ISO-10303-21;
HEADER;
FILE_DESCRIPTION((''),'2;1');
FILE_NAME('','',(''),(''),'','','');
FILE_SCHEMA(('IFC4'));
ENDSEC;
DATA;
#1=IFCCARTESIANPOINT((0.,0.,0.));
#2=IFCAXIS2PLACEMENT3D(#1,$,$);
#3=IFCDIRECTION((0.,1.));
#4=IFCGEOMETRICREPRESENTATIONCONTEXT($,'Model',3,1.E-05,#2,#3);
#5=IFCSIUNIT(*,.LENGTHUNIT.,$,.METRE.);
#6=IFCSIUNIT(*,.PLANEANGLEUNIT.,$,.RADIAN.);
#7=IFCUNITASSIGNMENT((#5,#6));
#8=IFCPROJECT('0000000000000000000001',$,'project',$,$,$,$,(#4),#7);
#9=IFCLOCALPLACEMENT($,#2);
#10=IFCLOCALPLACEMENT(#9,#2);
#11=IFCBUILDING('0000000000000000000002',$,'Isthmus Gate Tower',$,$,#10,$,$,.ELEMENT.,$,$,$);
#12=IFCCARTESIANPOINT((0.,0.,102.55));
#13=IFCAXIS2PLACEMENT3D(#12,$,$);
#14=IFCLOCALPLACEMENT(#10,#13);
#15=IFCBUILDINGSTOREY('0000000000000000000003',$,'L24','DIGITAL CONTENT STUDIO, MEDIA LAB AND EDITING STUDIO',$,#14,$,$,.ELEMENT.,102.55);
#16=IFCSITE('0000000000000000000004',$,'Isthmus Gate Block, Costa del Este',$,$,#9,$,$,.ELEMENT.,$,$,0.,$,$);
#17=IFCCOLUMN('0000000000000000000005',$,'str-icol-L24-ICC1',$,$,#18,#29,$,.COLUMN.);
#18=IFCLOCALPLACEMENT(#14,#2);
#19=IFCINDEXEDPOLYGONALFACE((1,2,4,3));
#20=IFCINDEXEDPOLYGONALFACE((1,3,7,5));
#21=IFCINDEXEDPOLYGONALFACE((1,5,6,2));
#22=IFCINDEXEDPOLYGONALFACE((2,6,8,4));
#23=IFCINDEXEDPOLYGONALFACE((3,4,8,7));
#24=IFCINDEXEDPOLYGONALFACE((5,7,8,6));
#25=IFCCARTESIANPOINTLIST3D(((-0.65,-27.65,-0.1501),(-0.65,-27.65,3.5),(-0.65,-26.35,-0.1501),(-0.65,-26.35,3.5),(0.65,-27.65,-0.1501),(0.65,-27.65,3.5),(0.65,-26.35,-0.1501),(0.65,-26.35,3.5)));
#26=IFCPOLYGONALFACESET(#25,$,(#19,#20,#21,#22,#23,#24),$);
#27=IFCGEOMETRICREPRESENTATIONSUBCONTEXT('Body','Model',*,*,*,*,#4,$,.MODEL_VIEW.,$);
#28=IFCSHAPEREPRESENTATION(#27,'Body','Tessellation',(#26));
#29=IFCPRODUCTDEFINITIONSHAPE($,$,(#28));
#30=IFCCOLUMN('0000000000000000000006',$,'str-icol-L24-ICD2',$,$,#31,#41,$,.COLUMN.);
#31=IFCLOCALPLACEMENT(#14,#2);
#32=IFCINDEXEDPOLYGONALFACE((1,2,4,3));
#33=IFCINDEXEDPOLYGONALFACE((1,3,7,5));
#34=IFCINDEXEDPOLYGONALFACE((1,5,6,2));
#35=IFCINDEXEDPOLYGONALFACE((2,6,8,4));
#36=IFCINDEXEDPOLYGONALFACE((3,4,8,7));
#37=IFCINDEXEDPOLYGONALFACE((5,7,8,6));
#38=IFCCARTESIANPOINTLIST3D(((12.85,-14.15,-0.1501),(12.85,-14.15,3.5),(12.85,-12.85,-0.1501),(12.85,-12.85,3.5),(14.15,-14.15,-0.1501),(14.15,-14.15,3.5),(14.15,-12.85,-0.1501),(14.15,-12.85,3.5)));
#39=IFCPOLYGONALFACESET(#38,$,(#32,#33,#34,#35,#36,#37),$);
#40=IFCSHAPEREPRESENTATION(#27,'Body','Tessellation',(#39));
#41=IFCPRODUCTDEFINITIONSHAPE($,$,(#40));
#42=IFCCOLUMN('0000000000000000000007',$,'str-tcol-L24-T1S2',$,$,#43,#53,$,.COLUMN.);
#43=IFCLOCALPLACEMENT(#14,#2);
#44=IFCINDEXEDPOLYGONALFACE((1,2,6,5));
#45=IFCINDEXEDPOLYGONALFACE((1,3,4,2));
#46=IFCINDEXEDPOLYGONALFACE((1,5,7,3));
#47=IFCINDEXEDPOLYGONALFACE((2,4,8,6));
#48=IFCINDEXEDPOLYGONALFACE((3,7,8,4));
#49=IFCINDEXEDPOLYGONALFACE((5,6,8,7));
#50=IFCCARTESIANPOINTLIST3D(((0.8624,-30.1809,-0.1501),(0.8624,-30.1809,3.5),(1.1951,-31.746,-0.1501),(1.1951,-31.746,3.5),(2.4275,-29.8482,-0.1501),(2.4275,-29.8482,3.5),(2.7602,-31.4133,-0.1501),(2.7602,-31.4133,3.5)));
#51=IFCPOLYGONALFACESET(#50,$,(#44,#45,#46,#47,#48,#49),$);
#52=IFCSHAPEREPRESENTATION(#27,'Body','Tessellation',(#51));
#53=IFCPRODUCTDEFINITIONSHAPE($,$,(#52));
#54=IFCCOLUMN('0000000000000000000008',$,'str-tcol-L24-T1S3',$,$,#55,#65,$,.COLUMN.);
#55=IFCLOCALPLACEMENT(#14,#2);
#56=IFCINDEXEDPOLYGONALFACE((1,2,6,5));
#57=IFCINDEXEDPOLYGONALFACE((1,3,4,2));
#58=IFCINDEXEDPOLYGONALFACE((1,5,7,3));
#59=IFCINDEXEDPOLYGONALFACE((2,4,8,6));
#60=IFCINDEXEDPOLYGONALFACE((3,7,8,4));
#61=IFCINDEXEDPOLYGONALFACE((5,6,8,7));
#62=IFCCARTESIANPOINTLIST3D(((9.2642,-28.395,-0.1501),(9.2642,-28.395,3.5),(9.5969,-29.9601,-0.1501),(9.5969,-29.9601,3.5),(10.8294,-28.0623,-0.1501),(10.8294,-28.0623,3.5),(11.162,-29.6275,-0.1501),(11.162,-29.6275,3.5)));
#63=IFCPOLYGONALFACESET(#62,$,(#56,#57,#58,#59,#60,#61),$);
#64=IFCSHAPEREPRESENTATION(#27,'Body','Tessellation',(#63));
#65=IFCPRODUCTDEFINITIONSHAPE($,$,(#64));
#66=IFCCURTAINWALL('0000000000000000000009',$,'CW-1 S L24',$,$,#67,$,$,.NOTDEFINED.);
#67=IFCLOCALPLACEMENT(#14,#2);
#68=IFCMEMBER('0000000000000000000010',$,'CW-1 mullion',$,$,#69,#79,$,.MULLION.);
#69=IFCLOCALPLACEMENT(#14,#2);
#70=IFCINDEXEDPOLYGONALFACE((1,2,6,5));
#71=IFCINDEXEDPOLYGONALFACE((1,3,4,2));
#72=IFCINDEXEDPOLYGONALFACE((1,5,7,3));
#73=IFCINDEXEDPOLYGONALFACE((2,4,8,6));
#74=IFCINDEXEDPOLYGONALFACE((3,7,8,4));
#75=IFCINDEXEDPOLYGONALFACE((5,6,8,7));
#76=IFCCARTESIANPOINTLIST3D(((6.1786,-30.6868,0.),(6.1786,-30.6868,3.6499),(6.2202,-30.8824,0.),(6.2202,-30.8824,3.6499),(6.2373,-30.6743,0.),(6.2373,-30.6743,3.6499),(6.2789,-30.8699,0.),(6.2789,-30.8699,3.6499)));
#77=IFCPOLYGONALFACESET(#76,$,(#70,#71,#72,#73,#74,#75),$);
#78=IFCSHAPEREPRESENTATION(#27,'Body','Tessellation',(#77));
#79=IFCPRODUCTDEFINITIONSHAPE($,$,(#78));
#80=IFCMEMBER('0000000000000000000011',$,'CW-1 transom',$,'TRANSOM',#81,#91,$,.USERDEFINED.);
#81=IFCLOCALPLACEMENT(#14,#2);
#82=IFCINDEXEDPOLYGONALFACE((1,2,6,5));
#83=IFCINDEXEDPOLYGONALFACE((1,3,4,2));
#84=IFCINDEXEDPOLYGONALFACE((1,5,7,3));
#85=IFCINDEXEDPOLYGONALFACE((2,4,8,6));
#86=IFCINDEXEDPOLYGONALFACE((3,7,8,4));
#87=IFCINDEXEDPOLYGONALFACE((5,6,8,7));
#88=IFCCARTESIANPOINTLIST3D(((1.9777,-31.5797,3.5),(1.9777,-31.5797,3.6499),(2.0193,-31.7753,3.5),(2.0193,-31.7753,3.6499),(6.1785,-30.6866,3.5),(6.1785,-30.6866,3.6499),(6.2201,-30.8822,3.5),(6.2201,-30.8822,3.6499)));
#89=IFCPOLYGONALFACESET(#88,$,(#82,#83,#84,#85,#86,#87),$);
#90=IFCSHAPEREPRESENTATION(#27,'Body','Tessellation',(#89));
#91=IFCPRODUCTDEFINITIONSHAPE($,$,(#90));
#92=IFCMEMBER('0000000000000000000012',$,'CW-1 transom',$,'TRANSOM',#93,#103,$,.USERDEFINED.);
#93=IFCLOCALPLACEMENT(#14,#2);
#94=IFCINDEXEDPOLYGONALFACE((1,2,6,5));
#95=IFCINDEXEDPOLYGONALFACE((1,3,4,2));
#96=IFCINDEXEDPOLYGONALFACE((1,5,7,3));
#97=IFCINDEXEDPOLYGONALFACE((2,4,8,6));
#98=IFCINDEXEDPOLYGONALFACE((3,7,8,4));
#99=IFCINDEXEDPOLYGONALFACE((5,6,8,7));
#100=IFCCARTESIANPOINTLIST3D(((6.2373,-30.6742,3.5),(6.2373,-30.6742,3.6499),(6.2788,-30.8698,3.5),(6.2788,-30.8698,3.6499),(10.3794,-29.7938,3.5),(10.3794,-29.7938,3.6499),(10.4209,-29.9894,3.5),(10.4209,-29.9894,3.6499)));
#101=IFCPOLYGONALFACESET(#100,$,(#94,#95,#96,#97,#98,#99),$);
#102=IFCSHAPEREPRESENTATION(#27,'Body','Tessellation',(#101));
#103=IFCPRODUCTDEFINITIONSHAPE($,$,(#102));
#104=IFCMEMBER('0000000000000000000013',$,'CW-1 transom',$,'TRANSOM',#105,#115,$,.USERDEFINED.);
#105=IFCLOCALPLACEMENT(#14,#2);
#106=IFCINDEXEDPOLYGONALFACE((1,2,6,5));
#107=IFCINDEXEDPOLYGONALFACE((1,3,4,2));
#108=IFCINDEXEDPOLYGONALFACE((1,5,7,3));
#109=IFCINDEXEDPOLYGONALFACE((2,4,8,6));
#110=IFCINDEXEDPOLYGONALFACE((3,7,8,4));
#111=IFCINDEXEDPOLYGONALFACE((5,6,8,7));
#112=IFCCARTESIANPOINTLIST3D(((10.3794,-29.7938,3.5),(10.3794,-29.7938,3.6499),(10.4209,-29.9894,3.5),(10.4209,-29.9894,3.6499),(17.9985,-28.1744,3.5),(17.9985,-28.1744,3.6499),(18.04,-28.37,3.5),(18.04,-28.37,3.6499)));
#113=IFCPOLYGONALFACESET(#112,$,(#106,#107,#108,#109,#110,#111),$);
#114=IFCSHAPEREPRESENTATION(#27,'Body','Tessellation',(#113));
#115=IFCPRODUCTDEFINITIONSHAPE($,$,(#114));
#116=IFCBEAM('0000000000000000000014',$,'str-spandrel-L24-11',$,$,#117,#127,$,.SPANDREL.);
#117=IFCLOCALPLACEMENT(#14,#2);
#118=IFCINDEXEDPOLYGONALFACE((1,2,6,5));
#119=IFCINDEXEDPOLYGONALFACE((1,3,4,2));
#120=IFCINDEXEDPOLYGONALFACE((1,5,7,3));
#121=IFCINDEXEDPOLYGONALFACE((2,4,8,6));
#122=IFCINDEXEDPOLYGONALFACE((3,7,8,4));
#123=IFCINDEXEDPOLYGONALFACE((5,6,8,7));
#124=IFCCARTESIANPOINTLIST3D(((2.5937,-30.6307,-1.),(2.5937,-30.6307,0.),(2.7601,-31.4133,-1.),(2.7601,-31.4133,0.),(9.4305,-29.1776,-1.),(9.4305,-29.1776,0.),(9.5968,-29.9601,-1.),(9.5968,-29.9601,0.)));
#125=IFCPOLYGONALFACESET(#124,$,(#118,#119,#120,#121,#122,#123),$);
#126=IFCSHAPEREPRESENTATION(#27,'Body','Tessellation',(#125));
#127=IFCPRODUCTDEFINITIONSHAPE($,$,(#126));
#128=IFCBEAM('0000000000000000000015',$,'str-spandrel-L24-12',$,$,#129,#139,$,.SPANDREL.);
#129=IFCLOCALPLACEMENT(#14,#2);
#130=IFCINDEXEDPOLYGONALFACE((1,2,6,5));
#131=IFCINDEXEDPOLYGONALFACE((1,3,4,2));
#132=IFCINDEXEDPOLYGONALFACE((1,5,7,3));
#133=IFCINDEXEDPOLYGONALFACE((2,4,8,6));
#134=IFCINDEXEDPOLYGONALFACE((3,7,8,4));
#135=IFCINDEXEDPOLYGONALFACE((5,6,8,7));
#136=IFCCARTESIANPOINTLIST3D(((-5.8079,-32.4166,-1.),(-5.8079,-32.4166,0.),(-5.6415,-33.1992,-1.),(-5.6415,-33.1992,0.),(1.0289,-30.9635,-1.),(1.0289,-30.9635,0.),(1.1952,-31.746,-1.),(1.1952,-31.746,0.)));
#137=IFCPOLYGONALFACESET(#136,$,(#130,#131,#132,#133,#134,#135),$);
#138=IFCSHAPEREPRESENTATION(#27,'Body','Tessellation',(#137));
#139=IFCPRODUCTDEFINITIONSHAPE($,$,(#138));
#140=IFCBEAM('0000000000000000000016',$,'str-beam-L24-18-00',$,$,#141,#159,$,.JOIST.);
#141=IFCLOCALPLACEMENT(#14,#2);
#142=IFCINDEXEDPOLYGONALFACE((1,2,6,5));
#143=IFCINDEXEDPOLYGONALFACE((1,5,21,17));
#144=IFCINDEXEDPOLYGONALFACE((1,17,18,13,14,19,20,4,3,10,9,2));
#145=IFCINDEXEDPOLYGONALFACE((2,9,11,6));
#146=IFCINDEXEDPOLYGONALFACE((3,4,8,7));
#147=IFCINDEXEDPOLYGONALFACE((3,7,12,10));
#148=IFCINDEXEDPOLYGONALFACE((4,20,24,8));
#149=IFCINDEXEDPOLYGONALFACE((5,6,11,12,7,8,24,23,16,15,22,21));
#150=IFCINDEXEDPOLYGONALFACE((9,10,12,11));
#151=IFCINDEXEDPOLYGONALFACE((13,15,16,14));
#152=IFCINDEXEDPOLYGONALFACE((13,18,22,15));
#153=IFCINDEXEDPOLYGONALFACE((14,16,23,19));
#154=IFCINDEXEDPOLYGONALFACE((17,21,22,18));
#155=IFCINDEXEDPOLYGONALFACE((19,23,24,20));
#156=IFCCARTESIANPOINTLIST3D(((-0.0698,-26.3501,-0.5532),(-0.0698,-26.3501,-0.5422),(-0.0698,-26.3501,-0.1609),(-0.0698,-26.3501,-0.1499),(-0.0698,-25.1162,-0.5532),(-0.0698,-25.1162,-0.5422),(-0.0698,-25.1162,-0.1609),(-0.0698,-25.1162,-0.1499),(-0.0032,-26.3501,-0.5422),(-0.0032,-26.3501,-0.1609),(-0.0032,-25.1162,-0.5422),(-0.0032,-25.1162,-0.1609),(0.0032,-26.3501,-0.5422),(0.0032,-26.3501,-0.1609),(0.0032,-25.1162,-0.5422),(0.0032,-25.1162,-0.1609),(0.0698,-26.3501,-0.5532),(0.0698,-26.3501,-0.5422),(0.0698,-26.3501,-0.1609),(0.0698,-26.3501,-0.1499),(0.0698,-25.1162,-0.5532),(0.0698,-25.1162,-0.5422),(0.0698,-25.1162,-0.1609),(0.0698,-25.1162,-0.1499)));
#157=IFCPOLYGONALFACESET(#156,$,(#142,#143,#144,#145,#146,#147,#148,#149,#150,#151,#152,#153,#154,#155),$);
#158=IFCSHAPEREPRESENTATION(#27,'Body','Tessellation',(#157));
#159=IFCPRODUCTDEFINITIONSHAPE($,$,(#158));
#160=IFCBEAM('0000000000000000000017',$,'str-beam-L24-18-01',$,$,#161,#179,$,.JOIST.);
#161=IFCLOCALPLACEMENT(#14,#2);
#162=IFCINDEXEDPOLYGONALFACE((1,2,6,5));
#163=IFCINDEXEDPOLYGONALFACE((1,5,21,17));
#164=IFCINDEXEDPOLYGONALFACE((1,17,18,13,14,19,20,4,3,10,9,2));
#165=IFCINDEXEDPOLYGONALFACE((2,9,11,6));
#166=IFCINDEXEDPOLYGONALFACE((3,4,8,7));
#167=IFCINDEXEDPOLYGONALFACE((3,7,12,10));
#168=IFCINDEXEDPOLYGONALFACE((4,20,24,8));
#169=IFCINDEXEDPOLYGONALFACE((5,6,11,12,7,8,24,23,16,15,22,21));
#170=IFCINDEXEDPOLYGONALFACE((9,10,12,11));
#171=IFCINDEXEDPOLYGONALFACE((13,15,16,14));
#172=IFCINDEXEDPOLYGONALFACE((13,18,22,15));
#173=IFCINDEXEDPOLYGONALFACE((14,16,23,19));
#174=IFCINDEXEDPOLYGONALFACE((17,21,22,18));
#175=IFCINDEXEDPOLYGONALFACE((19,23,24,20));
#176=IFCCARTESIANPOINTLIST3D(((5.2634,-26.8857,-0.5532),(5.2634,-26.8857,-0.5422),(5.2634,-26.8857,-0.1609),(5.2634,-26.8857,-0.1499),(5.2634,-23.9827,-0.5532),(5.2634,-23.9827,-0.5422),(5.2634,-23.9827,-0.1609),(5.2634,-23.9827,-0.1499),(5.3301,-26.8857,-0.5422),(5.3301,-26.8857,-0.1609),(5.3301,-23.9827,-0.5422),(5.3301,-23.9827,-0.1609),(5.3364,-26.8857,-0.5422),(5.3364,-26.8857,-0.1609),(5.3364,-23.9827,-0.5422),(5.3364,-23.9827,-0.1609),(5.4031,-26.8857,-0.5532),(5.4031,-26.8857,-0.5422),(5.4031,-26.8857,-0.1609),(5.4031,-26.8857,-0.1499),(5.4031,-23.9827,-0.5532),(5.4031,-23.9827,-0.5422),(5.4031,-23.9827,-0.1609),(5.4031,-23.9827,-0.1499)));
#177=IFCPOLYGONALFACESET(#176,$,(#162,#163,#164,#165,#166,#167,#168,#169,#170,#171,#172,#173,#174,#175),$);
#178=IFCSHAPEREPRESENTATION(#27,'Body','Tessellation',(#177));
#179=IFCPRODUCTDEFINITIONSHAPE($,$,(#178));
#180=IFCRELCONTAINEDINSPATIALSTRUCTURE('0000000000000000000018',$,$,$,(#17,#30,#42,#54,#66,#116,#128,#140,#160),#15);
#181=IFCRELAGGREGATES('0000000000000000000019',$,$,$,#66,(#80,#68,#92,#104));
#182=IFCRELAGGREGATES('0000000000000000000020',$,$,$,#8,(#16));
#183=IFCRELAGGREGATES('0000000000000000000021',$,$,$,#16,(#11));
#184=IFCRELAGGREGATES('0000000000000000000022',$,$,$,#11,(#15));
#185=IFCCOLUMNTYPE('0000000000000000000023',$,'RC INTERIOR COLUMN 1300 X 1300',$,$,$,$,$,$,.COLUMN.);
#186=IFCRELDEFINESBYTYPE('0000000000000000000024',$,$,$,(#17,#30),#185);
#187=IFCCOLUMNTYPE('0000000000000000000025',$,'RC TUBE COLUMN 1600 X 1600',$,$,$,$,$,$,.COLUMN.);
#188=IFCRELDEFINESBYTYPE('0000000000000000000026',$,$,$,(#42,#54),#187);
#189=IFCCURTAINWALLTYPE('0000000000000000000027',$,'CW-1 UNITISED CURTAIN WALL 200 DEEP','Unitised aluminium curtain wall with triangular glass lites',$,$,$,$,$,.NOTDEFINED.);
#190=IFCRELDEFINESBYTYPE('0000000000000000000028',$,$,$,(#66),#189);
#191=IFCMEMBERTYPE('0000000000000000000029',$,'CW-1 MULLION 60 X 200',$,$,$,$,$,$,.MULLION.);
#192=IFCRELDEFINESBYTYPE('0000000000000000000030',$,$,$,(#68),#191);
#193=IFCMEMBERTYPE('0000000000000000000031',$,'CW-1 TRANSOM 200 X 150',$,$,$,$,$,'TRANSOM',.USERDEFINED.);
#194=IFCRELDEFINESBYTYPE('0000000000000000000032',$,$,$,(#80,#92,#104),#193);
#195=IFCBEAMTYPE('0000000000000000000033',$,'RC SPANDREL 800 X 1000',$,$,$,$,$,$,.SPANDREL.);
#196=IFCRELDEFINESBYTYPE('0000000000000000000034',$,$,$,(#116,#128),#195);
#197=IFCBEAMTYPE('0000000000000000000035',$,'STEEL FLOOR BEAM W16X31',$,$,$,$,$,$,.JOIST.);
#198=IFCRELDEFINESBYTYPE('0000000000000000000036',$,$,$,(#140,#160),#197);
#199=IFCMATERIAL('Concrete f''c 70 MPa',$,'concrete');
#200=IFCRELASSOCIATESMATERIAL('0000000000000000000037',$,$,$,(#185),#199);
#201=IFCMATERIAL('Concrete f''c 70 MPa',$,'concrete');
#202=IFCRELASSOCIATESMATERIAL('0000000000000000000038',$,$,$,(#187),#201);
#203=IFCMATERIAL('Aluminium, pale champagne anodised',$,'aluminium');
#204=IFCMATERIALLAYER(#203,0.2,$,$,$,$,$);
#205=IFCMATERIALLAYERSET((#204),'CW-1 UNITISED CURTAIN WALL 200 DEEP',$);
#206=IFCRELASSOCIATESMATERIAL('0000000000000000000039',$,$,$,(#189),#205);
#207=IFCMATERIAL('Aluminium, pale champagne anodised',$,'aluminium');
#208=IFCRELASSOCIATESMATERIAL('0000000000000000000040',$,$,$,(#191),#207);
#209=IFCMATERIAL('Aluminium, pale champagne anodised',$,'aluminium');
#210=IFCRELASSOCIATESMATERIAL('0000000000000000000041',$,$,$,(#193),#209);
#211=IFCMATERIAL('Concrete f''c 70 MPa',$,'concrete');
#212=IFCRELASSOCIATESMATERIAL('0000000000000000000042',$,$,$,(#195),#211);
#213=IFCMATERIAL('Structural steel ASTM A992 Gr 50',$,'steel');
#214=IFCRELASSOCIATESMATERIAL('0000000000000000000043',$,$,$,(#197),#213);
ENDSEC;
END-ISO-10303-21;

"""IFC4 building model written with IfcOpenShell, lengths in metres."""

from ifc_helpers import new_model, si_unit, direction, frame, origin, origin_2d, place, context, subcontext, project, spatial, rectangle, i_section, extrude, material, layer, layer_set, material_profile, profile_set, type_object, element, aggregate, save


model = new_model("IFC4")

# Units and contexts
model_context = context("Model", 3, precision=1e-05, world=origin(), true_north=direction((0.0, 1.0)))
body_context = subcontext(model_context, "Body", "Model", "MODEL_VIEW")
ifc_project = project(units=[si_unit("LENGTHUNIT", "METRE"), si_unit("PLANEANGLEUNIT", "RADIAN")], contexts=[model_context])

# Site, building, storey
site_placement = place(None, origin())
site = spatial("IfcSite", under=ifc_project, at=site_placement, Name="Isthmus Gate Block, Costa del Este", CompositionType="ELEMENT", RefElevation=0.0)
building_placement = place(site_placement, origin())
building = spatial("IfcBuilding", under=site, at=building_placement, Name="Isthmus Gate Tower", CompositionType="ELEMENT")
storey_placement = place(building_placement, frame((0.0, 0.0, 102.55)))
storey = spatial("IfcBuildingStorey", under=building, at=storey_placement, Name="L24", Description="DIGITAL CONTENT STUDIO, MEDIA LAB AND EDITING STUDIO", CompositionType="ELEMENT", Elevation=102.55)

# Columns
ifc_material_1 = material(Name="Concrete f'c 70 MPa", Category="concrete")
ifc_material_profile_1 = material_profile(ifc_material_1, rectangle(XDim=1.3, YDim=1.3, at=origin_2d()), Name="RC 1300X1300")
ifc_profile_set_1 = profile_set([ifc_material_profile_1], Name="Concrete f'c 70 MPa")
column_type_1 = type_object("IfcColumnType", Name="RC INTERIOR COLUMN 1300 X 1300", PredefinedType="COLUMN", material=ifc_profile_set_1)
for number, where, z_axis, x_axis, name in (
    (1, (0.0, -27.0, -0.1501), (0.0, 0.0, 1.0), (1.0, 0.0, 0.0), "str-icol-L24-ICC1"),
    (2, (13.5, -13.5, -0.1501), (0.0, 0.0, 1.0), (1.0, 0.0, 0.0), "str-icol-L24-ICD2"),
):
    element("IfcColumn", number, at=place(storey_placement, frame(where, z_axis=z_axis, x_axis=x_axis)), inside=storey, type_object=column_type_1, Name=name, PredefinedType="COLUMN", context=body_context, shape_type="SweptSolid", body=[
        extrude(rectangle(XDim=1.3, YDim=1.3, at=origin_2d()), origin(), (0.0, 0.0, 1.0), 3.6501),
    ])
ifc_material_2 = material(Name="Concrete f'c 70 MPa", Category="concrete")
ifc_material_profile_2 = material_profile(ifc_material_2, rectangle(XDim=1.6001, YDim=1.6001, at=origin_2d()), Name="RC 1600X1600")
ifc_profile_set_2 = profile_set([ifc_material_profile_2], Name="Concrete f'c 70 MPa")
column_type_2 = type_object("IfcColumnType", Name="RC TUBE COLUMN 1600 X 1600", PredefinedType="COLUMN", material=ifc_profile_set_2)
for number, where, z_axis, x_axis, name in (
    (3, (1.8113, -30.7971, -0.1501), (0.0, 0.0, 1.0), (0.978148, 0.207912, 0.0), "str-tcol-L24-T1S2"),
    (4, (10.2131, -29.0112, -0.1501), (0.0, 0.0, 1.0), (0.978148, 0.207912, 0.0), "str-tcol-L24-T1S3"),
):
    element("IfcColumn", number, at=place(storey_placement, frame(where, z_axis=z_axis, x_axis=x_axis)), inside=storey, type_object=column_type_2, Name=name, PredefinedType="COLUMN", context=body_context, shape_type="SweptSolid", body=[
        extrude(rectangle(XDim=1.6001, YDim=1.6001, at=origin_2d()), origin(), (0.0, 0.0, 1.0), 3.6501),
    ])

# Curtain wall, members
ifc_material_3 = material(Name="Aluminium, pale champagne anodised", Category="aluminium")
ifc_layer_1 = layer(ifc_material_3, 0.2)
ifc_layer_set_1 = layer_set([ifc_layer_1], Name="CW-1 UNITISED CURTAIN WALL 200 DEEP")
curtain_wall_type = type_object("IfcCurtainWallType", Name="CW-1 UNITISED CURTAIN WALL 200 DEEP", Description="Unitised aluminium curtain wall with triangular glass lites", PredefinedType="NOTDEFINED", material=ifc_layer_set_1)
curtain_wall_placement = place(storey_placement, origin())
curtain_wall = element("IfcCurtainWall", 5, at=curtain_wall_placement, inside=storey, type_object=curtain_wall_type, Name="CW-1 S L24", PredefinedType="NOTDEFINED")
ifc_material_4 = material(Name="Aluminium, pale champagne anodised", Category="aluminium")
ifc_material_profile_3 = material_profile(ifc_material_4, rectangle(XDim=0.0601, YDim=0.2, at=origin_2d()), Name="60x200")
ifc_profile_set_3 = profile_set([ifc_material_profile_3], Name="Aluminium, pale champagne anodised")
member_type_1 = type_object("IfcMemberType", Name="CW-1 MULLION 60 X 200", PredefinedType="MULLION", material=ifc_profile_set_3)
member_1_placement = place(storey_placement, frame((6.2288, -30.7783, 0.0), z_axis=(0.0, 0.0, 1.0), x_axis=(0.978148, 0.207912, 0.0)))
member_1 = element("IfcMember", 6, at=member_1_placement, type_object=member_type_1, Name="CW-1 mullion", PredefinedType="MULLION", context=body_context, shape_type="SweptSolid", body=[
    extrude(rectangle(XDim=0.0601, YDim=0.2, at=origin_2d()), origin(), (0.0, 0.0, 1.0), 3.6499),
])
ifc_material_5 = material(Name="Aluminium, pale champagne anodised", Category="aluminium")
ifc_material_profile_4 = material_profile(ifc_material_5, rectangle(XDim=0.2, YDim=0.1499, at=origin_2d()), Name="200x150")
ifc_profile_set_4 = profile_set([ifc_material_profile_4], Name="Aluminium, pale champagne anodised")
member_type_2 = type_object("IfcMemberType", Name="CW-1 TRANSOM 200 X 150", ElementType="TRANSOM", PredefinedType="USERDEFINED", material=ifc_profile_set_4)
member_2_placement = place(storey_placement, frame((1.9985, -31.6775, 3.575), z_axis=(0.978139, 0.207953, 0.0), x_axis=(-0.207953, 0.978139, 0.0)))
member_2 = element("IfcMember", 7, at=member_2_placement, type_object=member_type_2, Name="CW-1 transom", ObjectType="TRANSOM", PredefinedType="USERDEFINED", context=body_context, shape_type="SweptSolid", body=[
    extrude(rectangle(XDim=0.2, YDim=0.1499, at=origin_2d()), origin(), (0.0, 0.0, 1.0), 4.2947),
])
member_3_placement = place(storey_placement, frame((6.2581, -30.772, 3.575), z_axis=(0.97815, 0.207899, 0.0), x_axis=(-0.207899, 0.97815, 0.0)))
member_3 = element("IfcMember", 8, at=member_3_placement, type_object=member_type_2, Name="CW-1 transom", ObjectType="TRANSOM", PredefinedType="USERDEFINED", context=body_context, shape_type="SweptSolid", body=[
    extrude(rectangle(XDim=0.2, YDim=0.1499, at=origin_2d()), origin(), (0.0, 0.0, 1.0), 4.2346),
])
member_4_placement = place(storey_placement, frame((10.4001, -29.8916, 3.575), z_axis=(0.978151, 0.207898, 0.0), x_axis=(-0.207898, 0.978151, 0.0)))
member_4 = element("IfcMember", 9, at=member_4_placement, type_object=member_type_2, Name="CW-1 transom", ObjectType="TRANSOM", PredefinedType="USERDEFINED", context=body_context, shape_type="SweptSolid", body=[
    extrude(rectangle(XDim=0.2, YDim=0.1499, at=origin_2d()), origin(), (0.0, 0.0, 1.0), 7.7893),
])

# Beams
ifc_material_6 = material(Name="Concrete f'c 70 MPa", Category="concrete")
ifc_material_profile_5 = material_profile(ifc_material_6, rectangle(XDim=0.8, YDim=1.0, at=origin_2d()), Name="RC 800X1000")
ifc_profile_set_5 = profile_set([ifc_material_profile_5], Name="Concrete f'c 70 MPa")
beam_type_1 = type_object("IfcBeamType", Name="RC SPANDREL 800 X 1000", PredefinedType="SPANDREL", material=ifc_profile_set_5)
for number, where, z_axis, x_axis, name in (
    (10, (9.5137, -29.5688, -0.5), (-0.978149, -0.207904, 0.0), (0.207904, -0.978149, 0.0), "str-spandrel-L24-11"),
    (11, (1.1121, -31.3547, -0.5), (-0.978149, -0.207904, 0.0), (0.207904, -0.978149, 0.0), "str-spandrel-L24-12"),
):
    element("IfcBeam", number, at=place(storey_placement, frame(where, z_axis=z_axis, x_axis=x_axis)), inside=storey, type_object=beam_type_1, Name=name, PredefinedType="SPANDREL", context=body_context, shape_type="SweptSolid", body=[
        extrude(rectangle(XDim=0.8, YDim=1.0, at=origin_2d()), origin(), (0.0, 0.0, 1.0), 6.9895),
    ])
ifc_material_7 = material(Name="Structural steel ASTM A992 Gr 50", Category="steel")
ifc_material_profile_6 = material_profile(ifc_material_7, i_section(OverallWidth=0.1396, OverallDepth=0.4033, WebThickness=0.0063, FlangeThickness=0.011, at=origin_2d()), Name="W16X31")
ifc_profile_set_6 = profile_set([ifc_material_profile_6], Name="Structural steel ASTM A992 Gr 50")
beam_type_2 = type_object("IfcBeamType", Name="STEEL FLOOR BEAM W16X31", PredefinedType="JOIST", material=ifc_profile_set_6)
beam_1_placement = place(storey_placement, frame((0.0, -26.3501, -0.3516), z_axis=(0.0, 1.0, 0.0), x_axis=(-1.0, 0.0, 0.0)))
element("IfcBeam", 12, at=beam_1_placement, inside=storey, type_object=beam_type_2, Name="str-beam-L24-18-00", PredefinedType="JOIST", context=body_context, shape_type="SweptSolid", body=[
    extrude(i_section(OverallWidth=0.1396, OverallDepth=0.4033, WebThickness=0.0063, FlangeThickness=0.011, at=origin_2d()), origin(), (0.0, 0.0, 1.0), 1.2339),
])
beam_2_placement = place(storey_placement, frame((5.3333, -26.8857, -0.3516), z_axis=(0.0, 1.0, 0.0), x_axis=(-1.0, 0.0, 0.0)))
element("IfcBeam", 13, at=beam_2_placement, inside=storey, type_object=beam_type_2, Name="str-beam-L24-18-01", PredefinedType="JOIST", context=body_context, shape_type="SweptSolid", body=[
    extrude(i_section(OverallWidth=0.1396, OverallDepth=0.4033, WebThickness=0.0063, FlangeThickness=0.011, at=origin_2d()), origin(), (0.0, 0.0, 1.0), 2.9031),
])

aggregate(curtain_wall, [member_2, member_1, member_3, member_4])

save(model, "model.ifc")
